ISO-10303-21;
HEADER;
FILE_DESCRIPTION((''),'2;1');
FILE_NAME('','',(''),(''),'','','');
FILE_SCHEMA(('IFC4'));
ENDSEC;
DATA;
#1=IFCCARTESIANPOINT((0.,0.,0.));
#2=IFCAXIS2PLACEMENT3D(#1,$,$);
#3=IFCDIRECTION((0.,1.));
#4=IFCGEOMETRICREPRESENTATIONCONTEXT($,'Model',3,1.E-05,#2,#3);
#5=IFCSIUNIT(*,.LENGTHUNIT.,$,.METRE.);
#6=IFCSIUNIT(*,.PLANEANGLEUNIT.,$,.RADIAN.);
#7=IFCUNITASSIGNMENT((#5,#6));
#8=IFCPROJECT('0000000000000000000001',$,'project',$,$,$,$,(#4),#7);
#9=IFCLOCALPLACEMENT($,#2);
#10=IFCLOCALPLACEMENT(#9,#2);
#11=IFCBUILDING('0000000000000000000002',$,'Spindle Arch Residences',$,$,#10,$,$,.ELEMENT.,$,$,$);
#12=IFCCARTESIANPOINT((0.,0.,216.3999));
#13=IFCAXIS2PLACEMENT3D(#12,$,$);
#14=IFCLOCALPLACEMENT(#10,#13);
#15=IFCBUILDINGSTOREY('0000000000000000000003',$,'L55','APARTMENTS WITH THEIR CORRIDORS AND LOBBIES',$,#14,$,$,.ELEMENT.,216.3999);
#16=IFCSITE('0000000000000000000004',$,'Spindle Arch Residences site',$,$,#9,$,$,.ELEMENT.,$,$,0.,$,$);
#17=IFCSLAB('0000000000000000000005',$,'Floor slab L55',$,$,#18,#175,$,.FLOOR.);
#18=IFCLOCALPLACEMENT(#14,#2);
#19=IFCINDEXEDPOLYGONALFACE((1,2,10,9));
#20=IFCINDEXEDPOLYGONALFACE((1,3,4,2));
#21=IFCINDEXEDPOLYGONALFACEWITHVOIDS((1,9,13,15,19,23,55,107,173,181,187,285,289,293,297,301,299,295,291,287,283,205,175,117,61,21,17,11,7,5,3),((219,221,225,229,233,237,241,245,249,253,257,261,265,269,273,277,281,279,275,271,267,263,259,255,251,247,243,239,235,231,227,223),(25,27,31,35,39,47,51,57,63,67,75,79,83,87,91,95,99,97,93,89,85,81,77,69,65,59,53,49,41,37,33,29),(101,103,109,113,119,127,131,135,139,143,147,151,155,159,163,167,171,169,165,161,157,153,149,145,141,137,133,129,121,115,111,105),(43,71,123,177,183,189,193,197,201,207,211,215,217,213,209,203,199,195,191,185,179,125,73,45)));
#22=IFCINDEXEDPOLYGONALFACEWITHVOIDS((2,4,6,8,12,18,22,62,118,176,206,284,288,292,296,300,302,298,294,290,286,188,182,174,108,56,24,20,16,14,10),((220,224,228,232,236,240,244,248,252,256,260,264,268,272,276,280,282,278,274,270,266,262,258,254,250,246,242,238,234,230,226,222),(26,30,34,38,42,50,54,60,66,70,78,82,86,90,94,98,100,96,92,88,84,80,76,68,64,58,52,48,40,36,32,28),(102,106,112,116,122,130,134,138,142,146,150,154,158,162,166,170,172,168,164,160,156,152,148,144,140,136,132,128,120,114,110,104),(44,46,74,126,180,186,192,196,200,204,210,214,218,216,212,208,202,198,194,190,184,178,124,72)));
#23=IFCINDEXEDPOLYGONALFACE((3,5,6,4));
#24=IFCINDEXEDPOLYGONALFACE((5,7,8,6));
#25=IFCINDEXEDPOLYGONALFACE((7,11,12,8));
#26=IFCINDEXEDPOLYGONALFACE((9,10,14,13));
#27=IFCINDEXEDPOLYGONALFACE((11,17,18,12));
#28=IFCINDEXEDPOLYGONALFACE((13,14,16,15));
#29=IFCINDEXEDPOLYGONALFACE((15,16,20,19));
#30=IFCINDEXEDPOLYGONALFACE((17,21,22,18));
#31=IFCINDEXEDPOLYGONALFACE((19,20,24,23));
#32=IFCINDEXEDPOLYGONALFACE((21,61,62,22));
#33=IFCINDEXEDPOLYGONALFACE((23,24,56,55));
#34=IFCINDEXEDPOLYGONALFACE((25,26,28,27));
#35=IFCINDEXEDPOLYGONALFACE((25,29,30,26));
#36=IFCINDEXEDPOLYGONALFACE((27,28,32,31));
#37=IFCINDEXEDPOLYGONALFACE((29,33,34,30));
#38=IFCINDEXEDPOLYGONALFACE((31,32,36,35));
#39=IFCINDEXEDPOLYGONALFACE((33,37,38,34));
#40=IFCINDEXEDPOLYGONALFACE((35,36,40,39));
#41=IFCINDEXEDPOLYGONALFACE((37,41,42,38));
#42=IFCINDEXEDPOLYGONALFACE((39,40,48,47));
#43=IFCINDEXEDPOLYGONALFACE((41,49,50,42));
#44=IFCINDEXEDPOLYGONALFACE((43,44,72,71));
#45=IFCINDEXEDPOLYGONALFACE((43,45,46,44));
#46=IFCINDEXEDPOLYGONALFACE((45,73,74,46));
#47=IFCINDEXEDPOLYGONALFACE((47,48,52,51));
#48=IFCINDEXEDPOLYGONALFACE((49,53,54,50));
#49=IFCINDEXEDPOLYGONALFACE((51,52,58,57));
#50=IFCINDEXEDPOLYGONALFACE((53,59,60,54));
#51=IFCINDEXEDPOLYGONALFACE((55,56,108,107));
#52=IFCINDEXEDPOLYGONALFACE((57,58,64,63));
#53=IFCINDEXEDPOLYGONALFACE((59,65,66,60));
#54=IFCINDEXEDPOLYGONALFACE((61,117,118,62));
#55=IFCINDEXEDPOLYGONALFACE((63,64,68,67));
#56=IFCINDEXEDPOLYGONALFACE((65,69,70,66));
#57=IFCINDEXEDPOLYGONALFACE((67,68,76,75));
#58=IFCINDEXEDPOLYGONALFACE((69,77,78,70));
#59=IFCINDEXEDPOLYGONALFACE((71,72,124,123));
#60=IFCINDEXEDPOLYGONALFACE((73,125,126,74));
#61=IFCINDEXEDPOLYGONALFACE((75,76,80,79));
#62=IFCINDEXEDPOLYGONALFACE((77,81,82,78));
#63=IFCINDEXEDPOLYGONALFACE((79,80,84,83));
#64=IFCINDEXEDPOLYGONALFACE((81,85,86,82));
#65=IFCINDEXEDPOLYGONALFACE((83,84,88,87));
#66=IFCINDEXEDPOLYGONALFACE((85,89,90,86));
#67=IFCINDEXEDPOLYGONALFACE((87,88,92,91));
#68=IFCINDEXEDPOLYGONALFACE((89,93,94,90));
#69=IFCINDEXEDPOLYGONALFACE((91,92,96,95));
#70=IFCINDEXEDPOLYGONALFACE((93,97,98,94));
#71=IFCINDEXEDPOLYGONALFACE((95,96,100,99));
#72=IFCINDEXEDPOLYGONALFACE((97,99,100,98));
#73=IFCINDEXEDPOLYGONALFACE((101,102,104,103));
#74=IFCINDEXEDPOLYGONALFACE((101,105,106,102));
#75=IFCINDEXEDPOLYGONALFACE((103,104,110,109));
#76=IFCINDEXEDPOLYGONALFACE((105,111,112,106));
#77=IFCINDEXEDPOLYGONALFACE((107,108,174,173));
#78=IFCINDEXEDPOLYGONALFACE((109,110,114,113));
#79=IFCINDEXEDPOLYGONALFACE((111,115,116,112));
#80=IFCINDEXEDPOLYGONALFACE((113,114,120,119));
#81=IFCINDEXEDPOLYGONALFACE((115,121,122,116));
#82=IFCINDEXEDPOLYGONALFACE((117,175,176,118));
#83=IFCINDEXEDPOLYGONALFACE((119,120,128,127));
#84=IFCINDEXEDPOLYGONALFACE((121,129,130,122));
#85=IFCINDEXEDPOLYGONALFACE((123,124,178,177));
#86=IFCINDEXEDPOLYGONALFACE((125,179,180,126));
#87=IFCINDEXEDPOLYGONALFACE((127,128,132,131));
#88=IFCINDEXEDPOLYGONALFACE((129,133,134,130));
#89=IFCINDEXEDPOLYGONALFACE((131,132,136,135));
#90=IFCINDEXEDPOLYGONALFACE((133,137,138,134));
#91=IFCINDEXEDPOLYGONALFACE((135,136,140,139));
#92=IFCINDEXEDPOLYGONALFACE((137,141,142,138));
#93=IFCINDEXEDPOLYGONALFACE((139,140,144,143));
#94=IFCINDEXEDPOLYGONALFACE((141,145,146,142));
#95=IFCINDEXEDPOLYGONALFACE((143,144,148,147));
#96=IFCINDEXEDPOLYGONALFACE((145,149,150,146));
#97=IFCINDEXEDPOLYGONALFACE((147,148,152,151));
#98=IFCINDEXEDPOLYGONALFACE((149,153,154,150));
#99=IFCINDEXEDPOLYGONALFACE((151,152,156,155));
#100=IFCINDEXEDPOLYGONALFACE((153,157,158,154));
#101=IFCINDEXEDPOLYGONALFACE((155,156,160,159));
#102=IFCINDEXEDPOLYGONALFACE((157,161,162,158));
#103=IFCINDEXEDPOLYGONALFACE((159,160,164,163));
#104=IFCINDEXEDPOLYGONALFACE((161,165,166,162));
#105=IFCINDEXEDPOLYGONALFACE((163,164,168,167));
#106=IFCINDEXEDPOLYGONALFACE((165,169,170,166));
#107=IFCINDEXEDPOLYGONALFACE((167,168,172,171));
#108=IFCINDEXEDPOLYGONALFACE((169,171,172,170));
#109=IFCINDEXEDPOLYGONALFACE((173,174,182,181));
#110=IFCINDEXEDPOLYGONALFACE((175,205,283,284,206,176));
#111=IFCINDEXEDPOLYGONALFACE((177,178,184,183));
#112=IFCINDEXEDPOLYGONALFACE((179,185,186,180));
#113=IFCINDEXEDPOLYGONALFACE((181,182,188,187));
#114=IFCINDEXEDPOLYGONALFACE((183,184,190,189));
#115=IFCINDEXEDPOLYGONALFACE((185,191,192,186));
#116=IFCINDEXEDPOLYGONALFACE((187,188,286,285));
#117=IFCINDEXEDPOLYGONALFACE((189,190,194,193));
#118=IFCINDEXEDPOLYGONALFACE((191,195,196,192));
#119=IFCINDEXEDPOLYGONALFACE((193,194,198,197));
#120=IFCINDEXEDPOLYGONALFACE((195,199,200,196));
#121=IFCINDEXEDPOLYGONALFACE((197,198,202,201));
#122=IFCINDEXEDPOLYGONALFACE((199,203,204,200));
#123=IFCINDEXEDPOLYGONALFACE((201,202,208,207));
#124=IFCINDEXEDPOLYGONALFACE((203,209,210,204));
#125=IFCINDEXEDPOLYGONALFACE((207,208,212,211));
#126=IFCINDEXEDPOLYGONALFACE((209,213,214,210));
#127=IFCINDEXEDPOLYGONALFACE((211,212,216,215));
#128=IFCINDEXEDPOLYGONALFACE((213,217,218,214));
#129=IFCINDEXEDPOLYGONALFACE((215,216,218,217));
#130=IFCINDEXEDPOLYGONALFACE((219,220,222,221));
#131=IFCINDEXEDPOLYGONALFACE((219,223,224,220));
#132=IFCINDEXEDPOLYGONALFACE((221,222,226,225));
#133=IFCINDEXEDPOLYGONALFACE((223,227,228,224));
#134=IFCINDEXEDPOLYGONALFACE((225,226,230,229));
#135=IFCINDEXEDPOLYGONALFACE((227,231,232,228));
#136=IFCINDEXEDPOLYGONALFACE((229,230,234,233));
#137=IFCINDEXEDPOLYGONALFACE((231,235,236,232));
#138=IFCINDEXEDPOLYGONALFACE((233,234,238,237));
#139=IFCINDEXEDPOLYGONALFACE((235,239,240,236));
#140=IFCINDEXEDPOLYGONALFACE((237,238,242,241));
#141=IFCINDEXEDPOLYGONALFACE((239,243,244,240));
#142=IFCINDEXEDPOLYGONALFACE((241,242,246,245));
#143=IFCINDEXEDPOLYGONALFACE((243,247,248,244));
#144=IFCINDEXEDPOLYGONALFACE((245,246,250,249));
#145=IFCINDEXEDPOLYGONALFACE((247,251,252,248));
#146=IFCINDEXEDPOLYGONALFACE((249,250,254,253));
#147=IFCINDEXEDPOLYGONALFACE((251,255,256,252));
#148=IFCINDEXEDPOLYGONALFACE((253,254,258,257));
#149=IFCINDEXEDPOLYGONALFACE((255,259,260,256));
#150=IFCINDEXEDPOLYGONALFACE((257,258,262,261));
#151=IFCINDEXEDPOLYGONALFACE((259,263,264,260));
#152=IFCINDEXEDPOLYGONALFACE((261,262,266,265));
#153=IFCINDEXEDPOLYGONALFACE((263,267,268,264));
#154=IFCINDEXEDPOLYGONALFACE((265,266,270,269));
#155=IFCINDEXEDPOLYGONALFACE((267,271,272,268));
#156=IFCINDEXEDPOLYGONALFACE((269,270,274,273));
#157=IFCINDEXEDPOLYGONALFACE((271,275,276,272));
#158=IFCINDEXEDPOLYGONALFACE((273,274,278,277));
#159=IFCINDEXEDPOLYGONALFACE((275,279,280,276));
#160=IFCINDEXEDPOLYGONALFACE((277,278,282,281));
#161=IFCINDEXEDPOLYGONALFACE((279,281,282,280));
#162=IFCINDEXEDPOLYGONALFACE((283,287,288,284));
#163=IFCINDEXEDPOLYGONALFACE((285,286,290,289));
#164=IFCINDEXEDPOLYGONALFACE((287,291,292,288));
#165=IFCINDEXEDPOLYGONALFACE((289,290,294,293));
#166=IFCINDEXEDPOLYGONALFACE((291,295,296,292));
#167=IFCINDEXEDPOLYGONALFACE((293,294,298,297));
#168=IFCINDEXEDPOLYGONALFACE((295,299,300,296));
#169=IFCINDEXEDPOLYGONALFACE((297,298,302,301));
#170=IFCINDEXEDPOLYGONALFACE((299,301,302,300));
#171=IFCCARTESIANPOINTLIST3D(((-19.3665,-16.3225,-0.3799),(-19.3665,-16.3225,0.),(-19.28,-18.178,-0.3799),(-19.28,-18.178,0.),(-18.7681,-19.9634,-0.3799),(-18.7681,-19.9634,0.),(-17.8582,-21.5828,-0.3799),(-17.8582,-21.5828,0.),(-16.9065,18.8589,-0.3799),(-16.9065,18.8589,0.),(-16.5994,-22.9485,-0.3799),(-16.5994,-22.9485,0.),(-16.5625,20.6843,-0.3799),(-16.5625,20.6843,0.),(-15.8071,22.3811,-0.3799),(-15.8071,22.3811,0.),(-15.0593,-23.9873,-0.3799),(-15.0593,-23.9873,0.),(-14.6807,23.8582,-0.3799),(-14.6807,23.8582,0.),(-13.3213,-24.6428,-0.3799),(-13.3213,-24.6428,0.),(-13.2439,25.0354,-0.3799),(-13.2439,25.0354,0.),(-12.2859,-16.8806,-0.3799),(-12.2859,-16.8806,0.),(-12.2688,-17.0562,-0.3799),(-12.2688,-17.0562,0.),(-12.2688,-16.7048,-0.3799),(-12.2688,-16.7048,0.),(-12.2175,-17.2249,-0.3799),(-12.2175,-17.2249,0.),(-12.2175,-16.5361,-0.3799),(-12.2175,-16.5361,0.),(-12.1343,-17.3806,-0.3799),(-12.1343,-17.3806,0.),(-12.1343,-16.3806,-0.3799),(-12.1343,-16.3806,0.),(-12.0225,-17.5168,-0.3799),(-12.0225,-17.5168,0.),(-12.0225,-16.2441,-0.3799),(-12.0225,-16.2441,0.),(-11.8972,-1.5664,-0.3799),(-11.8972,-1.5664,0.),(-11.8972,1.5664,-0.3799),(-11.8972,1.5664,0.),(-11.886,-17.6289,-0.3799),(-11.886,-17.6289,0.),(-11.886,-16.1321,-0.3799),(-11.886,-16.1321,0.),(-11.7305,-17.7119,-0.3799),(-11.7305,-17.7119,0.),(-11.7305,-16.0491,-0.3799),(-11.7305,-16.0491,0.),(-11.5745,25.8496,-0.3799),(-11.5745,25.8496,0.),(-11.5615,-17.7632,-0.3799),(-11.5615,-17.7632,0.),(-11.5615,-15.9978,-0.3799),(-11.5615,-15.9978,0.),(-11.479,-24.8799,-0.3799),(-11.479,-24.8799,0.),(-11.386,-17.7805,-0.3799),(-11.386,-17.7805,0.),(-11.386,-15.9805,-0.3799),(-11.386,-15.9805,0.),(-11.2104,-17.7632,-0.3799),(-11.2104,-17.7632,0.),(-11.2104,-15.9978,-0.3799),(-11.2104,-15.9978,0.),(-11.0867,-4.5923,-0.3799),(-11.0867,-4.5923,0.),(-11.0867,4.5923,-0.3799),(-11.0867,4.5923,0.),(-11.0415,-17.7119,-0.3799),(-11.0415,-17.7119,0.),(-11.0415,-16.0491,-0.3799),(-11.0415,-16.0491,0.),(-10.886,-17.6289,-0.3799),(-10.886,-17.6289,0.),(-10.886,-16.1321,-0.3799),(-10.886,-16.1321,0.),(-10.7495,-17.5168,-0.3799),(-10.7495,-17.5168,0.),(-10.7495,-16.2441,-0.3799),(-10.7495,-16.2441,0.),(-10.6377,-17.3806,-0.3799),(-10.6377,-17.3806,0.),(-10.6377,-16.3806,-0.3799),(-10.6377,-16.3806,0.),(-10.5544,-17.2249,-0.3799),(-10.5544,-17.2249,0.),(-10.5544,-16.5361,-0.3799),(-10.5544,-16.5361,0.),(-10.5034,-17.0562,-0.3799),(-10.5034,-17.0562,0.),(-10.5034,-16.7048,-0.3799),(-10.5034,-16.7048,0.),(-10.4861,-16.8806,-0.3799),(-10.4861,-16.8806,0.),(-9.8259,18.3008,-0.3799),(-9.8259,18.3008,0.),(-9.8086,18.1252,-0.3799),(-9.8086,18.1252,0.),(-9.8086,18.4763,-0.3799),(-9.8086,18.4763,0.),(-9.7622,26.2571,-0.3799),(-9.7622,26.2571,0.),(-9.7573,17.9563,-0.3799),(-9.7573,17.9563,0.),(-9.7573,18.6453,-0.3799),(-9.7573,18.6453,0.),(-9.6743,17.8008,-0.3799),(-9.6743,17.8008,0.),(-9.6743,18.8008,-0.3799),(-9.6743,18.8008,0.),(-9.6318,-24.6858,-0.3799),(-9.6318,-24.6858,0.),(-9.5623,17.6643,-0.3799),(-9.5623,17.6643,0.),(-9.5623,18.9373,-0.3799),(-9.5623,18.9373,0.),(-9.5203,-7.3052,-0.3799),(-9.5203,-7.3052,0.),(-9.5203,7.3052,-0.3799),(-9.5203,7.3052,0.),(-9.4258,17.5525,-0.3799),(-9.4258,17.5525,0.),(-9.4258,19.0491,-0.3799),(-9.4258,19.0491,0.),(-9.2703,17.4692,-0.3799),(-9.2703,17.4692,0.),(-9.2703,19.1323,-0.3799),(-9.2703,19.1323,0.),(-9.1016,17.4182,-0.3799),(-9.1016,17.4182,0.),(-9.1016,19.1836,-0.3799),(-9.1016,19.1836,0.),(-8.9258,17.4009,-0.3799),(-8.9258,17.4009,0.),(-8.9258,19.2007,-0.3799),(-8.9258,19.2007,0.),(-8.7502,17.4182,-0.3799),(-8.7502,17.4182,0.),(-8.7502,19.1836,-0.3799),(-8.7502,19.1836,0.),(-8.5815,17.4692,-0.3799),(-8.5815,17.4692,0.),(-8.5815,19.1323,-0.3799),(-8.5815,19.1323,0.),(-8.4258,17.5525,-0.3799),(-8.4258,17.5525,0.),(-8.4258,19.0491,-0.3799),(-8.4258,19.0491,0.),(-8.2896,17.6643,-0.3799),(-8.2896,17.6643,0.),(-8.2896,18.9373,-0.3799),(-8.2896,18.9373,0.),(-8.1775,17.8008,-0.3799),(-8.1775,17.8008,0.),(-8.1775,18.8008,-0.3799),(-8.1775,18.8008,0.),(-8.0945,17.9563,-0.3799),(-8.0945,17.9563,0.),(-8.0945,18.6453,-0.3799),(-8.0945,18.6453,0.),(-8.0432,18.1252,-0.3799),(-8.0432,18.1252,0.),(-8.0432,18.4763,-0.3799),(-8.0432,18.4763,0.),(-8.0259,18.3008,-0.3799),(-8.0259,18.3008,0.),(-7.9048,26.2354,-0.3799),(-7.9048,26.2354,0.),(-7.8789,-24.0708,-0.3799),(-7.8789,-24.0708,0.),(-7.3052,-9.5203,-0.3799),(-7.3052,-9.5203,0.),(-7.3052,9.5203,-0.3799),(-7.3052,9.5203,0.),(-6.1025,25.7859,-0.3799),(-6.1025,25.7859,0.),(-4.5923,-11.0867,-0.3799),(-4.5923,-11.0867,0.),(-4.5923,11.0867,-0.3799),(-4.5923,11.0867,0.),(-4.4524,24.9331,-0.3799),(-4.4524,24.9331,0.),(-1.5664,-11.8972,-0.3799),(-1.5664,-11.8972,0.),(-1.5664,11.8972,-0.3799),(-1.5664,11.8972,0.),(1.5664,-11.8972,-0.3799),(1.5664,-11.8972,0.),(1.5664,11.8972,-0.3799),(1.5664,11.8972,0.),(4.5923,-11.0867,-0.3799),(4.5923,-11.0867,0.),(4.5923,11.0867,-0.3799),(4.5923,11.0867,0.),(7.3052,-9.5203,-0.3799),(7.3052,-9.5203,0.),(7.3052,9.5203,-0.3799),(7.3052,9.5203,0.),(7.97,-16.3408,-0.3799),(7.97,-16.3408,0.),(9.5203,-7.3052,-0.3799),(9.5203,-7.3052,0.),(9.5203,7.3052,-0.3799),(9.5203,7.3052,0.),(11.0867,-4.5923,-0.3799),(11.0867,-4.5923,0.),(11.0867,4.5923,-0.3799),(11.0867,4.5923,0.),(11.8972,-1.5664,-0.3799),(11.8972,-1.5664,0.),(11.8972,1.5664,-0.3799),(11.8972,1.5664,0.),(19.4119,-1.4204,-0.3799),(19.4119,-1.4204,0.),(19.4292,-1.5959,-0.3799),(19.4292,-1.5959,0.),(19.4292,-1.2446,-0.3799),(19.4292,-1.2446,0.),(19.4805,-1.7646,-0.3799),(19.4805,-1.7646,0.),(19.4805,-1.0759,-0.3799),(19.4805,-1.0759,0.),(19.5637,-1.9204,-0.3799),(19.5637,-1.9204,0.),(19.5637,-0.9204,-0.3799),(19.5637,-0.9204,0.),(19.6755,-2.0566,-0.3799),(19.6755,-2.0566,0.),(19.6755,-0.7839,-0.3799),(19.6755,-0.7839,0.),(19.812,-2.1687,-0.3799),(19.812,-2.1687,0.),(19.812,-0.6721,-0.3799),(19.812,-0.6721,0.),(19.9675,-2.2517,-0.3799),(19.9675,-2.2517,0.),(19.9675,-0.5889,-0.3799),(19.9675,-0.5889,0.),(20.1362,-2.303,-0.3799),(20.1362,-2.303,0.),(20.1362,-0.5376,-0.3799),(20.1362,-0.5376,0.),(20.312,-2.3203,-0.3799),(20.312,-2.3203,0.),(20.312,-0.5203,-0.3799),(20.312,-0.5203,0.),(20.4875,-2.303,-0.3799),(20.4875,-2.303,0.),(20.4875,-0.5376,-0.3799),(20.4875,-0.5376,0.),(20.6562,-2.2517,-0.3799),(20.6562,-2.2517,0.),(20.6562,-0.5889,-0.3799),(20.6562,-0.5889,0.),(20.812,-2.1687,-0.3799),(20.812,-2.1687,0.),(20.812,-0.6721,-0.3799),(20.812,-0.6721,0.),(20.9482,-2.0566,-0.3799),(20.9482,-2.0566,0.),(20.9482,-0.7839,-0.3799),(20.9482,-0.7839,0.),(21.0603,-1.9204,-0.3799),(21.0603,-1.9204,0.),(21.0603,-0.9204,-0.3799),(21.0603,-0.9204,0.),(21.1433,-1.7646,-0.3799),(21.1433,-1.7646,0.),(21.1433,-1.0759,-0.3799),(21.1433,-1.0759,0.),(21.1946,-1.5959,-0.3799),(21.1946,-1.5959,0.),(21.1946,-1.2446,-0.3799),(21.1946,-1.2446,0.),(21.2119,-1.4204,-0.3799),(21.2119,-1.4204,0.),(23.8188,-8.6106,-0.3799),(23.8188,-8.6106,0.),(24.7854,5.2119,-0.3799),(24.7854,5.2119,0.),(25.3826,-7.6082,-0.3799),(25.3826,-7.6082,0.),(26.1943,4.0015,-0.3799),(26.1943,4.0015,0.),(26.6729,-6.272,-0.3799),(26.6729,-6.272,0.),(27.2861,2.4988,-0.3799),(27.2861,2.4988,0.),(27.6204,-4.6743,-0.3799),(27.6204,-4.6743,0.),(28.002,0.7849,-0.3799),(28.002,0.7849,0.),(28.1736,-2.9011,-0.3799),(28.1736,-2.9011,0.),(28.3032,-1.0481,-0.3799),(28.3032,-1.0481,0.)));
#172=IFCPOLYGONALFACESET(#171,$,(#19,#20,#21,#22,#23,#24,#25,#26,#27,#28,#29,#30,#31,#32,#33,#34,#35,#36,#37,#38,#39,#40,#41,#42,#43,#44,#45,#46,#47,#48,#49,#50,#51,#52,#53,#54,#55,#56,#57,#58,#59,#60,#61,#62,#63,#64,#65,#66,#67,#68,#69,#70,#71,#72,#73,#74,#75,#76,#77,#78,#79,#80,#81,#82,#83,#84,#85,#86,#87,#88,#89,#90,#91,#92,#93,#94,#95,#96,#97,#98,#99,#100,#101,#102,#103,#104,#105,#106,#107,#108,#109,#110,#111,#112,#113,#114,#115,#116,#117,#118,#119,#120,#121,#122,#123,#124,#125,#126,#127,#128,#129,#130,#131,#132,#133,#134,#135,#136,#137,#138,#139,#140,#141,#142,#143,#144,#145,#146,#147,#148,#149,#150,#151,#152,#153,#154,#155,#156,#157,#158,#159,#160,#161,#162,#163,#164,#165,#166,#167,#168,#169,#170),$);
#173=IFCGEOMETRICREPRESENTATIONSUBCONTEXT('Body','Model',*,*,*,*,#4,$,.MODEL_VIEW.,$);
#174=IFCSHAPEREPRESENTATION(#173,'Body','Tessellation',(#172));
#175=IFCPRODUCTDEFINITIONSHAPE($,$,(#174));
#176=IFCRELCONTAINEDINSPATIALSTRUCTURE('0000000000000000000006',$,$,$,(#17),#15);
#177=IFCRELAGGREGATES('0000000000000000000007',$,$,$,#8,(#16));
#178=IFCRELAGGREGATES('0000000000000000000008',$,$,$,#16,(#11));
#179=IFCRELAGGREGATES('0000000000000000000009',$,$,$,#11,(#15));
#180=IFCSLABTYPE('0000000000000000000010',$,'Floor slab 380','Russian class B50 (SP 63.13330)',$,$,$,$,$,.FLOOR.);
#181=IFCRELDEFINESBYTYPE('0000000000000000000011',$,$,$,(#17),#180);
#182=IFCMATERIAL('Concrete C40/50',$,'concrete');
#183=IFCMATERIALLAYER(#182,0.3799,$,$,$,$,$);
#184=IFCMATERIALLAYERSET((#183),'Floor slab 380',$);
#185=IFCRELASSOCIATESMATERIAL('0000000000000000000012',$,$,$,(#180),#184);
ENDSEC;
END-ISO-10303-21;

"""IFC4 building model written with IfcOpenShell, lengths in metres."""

from ifc_helpers import new_model, si_unit, direction, frame, origin, place, context, subcontext, project, spatial, polyline, outline, extrude, material, layer, layer_set, type_object, element, save


model = new_model("IFC4")

# Units and contexts
model_context = context("Model", 3, precision=1e-05, world=origin(), true_north=direction((0.0, 1.0)))
body_context = subcontext(model_context, "Body", "Model", "MODEL_VIEW")
ifc_project = project(units=[si_unit("LENGTHUNIT", "METRE"), si_unit("PLANEANGLEUNIT", "RADIAN")], contexts=[model_context])

# Site, building, storey
site_placement = place(None, origin())
site = spatial("IfcSite", under=ifc_project, at=site_placement, Name="Spindle Arch Residences site", CompositionType="ELEMENT", RefElevation=0.0)
building_placement = place(site_placement, origin())
building = spatial("IfcBuilding", under=site, at=building_placement, Name="Spindle Arch Residences", CompositionType="ELEMENT")
storey_placement = place(building_placement, frame((0.0, 0.0, 216.3999)))
storey = spatial("IfcBuildingStorey", under=building, at=storey_placement, Name="L55", Description="APARTMENTS WITH THEIR CORRIDORS AND LOBBIES", CompositionType="ELEMENT", Elevation=216.3999)

# Slab
ifc_material_1 = material(Name="Concrete C40/50", Category="concrete")
ifc_layer_1 = layer(ifc_material_1, 0.3799)
ifc_layer_set_1 = layer_set([ifc_layer_1], Name="Floor slab 380")
slab_type_1 = type_object("IfcSlabType", Name="Floor slab 380", Description="Russian class B50 (SP 63.13330)", PredefinedType="FLOOR", material=ifc_layer_set_1)
slab_1_placement = place(storey_placement, frame((0.0, 0.0, -0.3799)))
element("IfcSlab", 1, at=slab_1_placement, inside=storey, type_object=slab_type_1, Name="Floor slab L55", PredefinedType="FLOOR", context=body_context, shape_type="SweptSolid", body=[
    extrude(outline(polyline([(-9.6318, -24.6858), (-11.479, -24.8799), (-13.3213, -24.6428), (-15.0593, -23.9873), (-16.5994, -22.9485), (-17.8582, -21.5828), (-18.7681, -19.9634), (-19.28, -18.178), (-19.3665, -16.3225), (-16.9065, 18.8589), (-16.5625, 20.6843), (-15.8071, 22.3811), (-14.6807, 23.8582), (-13.2439, 25.0354), (-11.5745, 25.8496), (-9.7622, 26.2571), (-7.9048, 26.2354), (-6.1025, 25.7859), (-4.4524, 24.9331), (24.7854, 5.2119), (26.1943, 4.0015), (27.2861, 2.4988), (28.002, 0.7849), (28.3032, -1.0481), (28.1736, -2.9011), (27.6204, -4.6743), (26.6729, -6.272), (25.3826, -7.6082), (23.8188, -8.6106), (7.97, -16.3408), (-7.8789, -24.0708), (-9.6318, -24.6858)]), holes=[polyline([(7.3052, -9.5203), (9.5203, -7.3052), (11.0867, -4.5923), (11.8972, -1.5664), (11.8972, 1.5664), (11.0867, 4.5923), (9.5203, 7.3052), (7.3052, 9.5203), (4.5923, 11.0867), (1.5664, 11.8972), (-1.5664, 11.8972), (-4.5923, 11.0867), (-7.3052, 9.5203), (-9.5203, 7.3052), (-11.0867, 4.5923), (-11.8972, 1.5664), (-11.8972, -1.5664), (-11.0867, -4.5923), (-9.5203, -7.3052), (-7.3052, -9.5203), (-4.5923, -11.0867), (-1.5664, -11.8972), (1.5664, -11.8972), (4.5923, -11.0867), (7.3052, -9.5203)]), polyline([(-10.6377, -17.3806), (-10.5544, -17.2249), (-10.5034, -17.0562), (-10.4861, -16.8806), (-10.5034, -16.7048), (-10.5544, -16.5361), (-10.6377, -16.3806), (-10.7495, -16.2441), (-10.886, -16.1321), (-11.0415, -16.0491), (-11.2104, -15.9978), (-11.386, -15.9805), (-11.5615, -15.9978), (-11.7305, -16.0491), (-11.886, -16.1321), (-12.0225, -16.2441), (-12.1343, -16.3806), (-12.2175, -16.5361), (-12.2688, -16.7048), (-12.2859, -16.8806), (-12.2688, -17.0562), (-12.2175, -17.2249), (-12.1343, -17.3806), (-12.0225, -17.5168), (-11.886, -17.6289), (-11.7305, -17.7119), (-11.5615, -17.7632), (-11.386, -17.7805), (-11.2104, -17.7632), (-11.0415, -17.7119), (-10.886, -17.6289), (-10.7495, -17.5168), (-10.6377, -17.3806)]), polyline([(-8.1775, 17.8008), (-8.0945, 17.9563), (-8.0432, 18.1252), (-8.0259, 18.3008), (-8.0432, 18.4763), (-8.0945, 18.6453), (-8.1775, 18.8008), (-8.2896, 18.9373), (-8.4258, 19.0491), (-8.5815, 19.1323), (-8.7502, 19.1836), (-8.9258, 19.2007), (-9.1016, 19.1836), (-9.2703, 19.1323), (-9.4258, 19.0491), (-9.5623, 18.9373), (-9.6743, 18.8008), (-9.7573, 18.6453), (-9.8086, 18.4763), (-9.8259, 18.3008), (-9.8086, 18.1252), (-9.7573, 17.9563), (-9.6743, 17.8008), (-9.5623, 17.6643), (-9.4258, 17.5525), (-9.2703, 17.4692), (-9.1016, 17.4182), (-8.9258, 17.4009), (-8.7502, 17.4182), (-8.5815, 17.4692), (-8.4258, 17.5525), (-8.2896, 17.6643), (-8.1775, 17.8008)]), polyline([(20.9482, -2.0566), (21.0603, -1.9204), (21.1433, -1.7646), (21.1946, -1.5959), (21.2119, -1.4204), (21.1946, -1.2446), (21.1433, -1.0759), (21.0603, -0.9204), (20.9482, -0.7839), (20.812, -0.6721), (20.6562, -0.5889), (20.4875, -0.5376), (20.312, -0.5203), (20.1362, -0.5376), (19.9675, -0.5889), (19.812, -0.6721), (19.6755, -0.7839), (19.5637, -0.9204), (19.4805, -1.0759), (19.4292, -1.2446), (19.4119, -1.4204), (19.4292, -1.5959), (19.4805, -1.7646), (19.5637, -1.9204), (19.6755, -2.0566), (19.812, -2.1687), (19.9675, -2.2517), (20.1362, -2.303), (20.312, -2.3203), (20.4875, -2.303), (20.6562, -2.2517), (20.812, -2.1687), (20.9482, -2.0566)])]), origin(), (0.0, 0.0, 1.0), 0.3799),
])

save(model, "model.ifc")
